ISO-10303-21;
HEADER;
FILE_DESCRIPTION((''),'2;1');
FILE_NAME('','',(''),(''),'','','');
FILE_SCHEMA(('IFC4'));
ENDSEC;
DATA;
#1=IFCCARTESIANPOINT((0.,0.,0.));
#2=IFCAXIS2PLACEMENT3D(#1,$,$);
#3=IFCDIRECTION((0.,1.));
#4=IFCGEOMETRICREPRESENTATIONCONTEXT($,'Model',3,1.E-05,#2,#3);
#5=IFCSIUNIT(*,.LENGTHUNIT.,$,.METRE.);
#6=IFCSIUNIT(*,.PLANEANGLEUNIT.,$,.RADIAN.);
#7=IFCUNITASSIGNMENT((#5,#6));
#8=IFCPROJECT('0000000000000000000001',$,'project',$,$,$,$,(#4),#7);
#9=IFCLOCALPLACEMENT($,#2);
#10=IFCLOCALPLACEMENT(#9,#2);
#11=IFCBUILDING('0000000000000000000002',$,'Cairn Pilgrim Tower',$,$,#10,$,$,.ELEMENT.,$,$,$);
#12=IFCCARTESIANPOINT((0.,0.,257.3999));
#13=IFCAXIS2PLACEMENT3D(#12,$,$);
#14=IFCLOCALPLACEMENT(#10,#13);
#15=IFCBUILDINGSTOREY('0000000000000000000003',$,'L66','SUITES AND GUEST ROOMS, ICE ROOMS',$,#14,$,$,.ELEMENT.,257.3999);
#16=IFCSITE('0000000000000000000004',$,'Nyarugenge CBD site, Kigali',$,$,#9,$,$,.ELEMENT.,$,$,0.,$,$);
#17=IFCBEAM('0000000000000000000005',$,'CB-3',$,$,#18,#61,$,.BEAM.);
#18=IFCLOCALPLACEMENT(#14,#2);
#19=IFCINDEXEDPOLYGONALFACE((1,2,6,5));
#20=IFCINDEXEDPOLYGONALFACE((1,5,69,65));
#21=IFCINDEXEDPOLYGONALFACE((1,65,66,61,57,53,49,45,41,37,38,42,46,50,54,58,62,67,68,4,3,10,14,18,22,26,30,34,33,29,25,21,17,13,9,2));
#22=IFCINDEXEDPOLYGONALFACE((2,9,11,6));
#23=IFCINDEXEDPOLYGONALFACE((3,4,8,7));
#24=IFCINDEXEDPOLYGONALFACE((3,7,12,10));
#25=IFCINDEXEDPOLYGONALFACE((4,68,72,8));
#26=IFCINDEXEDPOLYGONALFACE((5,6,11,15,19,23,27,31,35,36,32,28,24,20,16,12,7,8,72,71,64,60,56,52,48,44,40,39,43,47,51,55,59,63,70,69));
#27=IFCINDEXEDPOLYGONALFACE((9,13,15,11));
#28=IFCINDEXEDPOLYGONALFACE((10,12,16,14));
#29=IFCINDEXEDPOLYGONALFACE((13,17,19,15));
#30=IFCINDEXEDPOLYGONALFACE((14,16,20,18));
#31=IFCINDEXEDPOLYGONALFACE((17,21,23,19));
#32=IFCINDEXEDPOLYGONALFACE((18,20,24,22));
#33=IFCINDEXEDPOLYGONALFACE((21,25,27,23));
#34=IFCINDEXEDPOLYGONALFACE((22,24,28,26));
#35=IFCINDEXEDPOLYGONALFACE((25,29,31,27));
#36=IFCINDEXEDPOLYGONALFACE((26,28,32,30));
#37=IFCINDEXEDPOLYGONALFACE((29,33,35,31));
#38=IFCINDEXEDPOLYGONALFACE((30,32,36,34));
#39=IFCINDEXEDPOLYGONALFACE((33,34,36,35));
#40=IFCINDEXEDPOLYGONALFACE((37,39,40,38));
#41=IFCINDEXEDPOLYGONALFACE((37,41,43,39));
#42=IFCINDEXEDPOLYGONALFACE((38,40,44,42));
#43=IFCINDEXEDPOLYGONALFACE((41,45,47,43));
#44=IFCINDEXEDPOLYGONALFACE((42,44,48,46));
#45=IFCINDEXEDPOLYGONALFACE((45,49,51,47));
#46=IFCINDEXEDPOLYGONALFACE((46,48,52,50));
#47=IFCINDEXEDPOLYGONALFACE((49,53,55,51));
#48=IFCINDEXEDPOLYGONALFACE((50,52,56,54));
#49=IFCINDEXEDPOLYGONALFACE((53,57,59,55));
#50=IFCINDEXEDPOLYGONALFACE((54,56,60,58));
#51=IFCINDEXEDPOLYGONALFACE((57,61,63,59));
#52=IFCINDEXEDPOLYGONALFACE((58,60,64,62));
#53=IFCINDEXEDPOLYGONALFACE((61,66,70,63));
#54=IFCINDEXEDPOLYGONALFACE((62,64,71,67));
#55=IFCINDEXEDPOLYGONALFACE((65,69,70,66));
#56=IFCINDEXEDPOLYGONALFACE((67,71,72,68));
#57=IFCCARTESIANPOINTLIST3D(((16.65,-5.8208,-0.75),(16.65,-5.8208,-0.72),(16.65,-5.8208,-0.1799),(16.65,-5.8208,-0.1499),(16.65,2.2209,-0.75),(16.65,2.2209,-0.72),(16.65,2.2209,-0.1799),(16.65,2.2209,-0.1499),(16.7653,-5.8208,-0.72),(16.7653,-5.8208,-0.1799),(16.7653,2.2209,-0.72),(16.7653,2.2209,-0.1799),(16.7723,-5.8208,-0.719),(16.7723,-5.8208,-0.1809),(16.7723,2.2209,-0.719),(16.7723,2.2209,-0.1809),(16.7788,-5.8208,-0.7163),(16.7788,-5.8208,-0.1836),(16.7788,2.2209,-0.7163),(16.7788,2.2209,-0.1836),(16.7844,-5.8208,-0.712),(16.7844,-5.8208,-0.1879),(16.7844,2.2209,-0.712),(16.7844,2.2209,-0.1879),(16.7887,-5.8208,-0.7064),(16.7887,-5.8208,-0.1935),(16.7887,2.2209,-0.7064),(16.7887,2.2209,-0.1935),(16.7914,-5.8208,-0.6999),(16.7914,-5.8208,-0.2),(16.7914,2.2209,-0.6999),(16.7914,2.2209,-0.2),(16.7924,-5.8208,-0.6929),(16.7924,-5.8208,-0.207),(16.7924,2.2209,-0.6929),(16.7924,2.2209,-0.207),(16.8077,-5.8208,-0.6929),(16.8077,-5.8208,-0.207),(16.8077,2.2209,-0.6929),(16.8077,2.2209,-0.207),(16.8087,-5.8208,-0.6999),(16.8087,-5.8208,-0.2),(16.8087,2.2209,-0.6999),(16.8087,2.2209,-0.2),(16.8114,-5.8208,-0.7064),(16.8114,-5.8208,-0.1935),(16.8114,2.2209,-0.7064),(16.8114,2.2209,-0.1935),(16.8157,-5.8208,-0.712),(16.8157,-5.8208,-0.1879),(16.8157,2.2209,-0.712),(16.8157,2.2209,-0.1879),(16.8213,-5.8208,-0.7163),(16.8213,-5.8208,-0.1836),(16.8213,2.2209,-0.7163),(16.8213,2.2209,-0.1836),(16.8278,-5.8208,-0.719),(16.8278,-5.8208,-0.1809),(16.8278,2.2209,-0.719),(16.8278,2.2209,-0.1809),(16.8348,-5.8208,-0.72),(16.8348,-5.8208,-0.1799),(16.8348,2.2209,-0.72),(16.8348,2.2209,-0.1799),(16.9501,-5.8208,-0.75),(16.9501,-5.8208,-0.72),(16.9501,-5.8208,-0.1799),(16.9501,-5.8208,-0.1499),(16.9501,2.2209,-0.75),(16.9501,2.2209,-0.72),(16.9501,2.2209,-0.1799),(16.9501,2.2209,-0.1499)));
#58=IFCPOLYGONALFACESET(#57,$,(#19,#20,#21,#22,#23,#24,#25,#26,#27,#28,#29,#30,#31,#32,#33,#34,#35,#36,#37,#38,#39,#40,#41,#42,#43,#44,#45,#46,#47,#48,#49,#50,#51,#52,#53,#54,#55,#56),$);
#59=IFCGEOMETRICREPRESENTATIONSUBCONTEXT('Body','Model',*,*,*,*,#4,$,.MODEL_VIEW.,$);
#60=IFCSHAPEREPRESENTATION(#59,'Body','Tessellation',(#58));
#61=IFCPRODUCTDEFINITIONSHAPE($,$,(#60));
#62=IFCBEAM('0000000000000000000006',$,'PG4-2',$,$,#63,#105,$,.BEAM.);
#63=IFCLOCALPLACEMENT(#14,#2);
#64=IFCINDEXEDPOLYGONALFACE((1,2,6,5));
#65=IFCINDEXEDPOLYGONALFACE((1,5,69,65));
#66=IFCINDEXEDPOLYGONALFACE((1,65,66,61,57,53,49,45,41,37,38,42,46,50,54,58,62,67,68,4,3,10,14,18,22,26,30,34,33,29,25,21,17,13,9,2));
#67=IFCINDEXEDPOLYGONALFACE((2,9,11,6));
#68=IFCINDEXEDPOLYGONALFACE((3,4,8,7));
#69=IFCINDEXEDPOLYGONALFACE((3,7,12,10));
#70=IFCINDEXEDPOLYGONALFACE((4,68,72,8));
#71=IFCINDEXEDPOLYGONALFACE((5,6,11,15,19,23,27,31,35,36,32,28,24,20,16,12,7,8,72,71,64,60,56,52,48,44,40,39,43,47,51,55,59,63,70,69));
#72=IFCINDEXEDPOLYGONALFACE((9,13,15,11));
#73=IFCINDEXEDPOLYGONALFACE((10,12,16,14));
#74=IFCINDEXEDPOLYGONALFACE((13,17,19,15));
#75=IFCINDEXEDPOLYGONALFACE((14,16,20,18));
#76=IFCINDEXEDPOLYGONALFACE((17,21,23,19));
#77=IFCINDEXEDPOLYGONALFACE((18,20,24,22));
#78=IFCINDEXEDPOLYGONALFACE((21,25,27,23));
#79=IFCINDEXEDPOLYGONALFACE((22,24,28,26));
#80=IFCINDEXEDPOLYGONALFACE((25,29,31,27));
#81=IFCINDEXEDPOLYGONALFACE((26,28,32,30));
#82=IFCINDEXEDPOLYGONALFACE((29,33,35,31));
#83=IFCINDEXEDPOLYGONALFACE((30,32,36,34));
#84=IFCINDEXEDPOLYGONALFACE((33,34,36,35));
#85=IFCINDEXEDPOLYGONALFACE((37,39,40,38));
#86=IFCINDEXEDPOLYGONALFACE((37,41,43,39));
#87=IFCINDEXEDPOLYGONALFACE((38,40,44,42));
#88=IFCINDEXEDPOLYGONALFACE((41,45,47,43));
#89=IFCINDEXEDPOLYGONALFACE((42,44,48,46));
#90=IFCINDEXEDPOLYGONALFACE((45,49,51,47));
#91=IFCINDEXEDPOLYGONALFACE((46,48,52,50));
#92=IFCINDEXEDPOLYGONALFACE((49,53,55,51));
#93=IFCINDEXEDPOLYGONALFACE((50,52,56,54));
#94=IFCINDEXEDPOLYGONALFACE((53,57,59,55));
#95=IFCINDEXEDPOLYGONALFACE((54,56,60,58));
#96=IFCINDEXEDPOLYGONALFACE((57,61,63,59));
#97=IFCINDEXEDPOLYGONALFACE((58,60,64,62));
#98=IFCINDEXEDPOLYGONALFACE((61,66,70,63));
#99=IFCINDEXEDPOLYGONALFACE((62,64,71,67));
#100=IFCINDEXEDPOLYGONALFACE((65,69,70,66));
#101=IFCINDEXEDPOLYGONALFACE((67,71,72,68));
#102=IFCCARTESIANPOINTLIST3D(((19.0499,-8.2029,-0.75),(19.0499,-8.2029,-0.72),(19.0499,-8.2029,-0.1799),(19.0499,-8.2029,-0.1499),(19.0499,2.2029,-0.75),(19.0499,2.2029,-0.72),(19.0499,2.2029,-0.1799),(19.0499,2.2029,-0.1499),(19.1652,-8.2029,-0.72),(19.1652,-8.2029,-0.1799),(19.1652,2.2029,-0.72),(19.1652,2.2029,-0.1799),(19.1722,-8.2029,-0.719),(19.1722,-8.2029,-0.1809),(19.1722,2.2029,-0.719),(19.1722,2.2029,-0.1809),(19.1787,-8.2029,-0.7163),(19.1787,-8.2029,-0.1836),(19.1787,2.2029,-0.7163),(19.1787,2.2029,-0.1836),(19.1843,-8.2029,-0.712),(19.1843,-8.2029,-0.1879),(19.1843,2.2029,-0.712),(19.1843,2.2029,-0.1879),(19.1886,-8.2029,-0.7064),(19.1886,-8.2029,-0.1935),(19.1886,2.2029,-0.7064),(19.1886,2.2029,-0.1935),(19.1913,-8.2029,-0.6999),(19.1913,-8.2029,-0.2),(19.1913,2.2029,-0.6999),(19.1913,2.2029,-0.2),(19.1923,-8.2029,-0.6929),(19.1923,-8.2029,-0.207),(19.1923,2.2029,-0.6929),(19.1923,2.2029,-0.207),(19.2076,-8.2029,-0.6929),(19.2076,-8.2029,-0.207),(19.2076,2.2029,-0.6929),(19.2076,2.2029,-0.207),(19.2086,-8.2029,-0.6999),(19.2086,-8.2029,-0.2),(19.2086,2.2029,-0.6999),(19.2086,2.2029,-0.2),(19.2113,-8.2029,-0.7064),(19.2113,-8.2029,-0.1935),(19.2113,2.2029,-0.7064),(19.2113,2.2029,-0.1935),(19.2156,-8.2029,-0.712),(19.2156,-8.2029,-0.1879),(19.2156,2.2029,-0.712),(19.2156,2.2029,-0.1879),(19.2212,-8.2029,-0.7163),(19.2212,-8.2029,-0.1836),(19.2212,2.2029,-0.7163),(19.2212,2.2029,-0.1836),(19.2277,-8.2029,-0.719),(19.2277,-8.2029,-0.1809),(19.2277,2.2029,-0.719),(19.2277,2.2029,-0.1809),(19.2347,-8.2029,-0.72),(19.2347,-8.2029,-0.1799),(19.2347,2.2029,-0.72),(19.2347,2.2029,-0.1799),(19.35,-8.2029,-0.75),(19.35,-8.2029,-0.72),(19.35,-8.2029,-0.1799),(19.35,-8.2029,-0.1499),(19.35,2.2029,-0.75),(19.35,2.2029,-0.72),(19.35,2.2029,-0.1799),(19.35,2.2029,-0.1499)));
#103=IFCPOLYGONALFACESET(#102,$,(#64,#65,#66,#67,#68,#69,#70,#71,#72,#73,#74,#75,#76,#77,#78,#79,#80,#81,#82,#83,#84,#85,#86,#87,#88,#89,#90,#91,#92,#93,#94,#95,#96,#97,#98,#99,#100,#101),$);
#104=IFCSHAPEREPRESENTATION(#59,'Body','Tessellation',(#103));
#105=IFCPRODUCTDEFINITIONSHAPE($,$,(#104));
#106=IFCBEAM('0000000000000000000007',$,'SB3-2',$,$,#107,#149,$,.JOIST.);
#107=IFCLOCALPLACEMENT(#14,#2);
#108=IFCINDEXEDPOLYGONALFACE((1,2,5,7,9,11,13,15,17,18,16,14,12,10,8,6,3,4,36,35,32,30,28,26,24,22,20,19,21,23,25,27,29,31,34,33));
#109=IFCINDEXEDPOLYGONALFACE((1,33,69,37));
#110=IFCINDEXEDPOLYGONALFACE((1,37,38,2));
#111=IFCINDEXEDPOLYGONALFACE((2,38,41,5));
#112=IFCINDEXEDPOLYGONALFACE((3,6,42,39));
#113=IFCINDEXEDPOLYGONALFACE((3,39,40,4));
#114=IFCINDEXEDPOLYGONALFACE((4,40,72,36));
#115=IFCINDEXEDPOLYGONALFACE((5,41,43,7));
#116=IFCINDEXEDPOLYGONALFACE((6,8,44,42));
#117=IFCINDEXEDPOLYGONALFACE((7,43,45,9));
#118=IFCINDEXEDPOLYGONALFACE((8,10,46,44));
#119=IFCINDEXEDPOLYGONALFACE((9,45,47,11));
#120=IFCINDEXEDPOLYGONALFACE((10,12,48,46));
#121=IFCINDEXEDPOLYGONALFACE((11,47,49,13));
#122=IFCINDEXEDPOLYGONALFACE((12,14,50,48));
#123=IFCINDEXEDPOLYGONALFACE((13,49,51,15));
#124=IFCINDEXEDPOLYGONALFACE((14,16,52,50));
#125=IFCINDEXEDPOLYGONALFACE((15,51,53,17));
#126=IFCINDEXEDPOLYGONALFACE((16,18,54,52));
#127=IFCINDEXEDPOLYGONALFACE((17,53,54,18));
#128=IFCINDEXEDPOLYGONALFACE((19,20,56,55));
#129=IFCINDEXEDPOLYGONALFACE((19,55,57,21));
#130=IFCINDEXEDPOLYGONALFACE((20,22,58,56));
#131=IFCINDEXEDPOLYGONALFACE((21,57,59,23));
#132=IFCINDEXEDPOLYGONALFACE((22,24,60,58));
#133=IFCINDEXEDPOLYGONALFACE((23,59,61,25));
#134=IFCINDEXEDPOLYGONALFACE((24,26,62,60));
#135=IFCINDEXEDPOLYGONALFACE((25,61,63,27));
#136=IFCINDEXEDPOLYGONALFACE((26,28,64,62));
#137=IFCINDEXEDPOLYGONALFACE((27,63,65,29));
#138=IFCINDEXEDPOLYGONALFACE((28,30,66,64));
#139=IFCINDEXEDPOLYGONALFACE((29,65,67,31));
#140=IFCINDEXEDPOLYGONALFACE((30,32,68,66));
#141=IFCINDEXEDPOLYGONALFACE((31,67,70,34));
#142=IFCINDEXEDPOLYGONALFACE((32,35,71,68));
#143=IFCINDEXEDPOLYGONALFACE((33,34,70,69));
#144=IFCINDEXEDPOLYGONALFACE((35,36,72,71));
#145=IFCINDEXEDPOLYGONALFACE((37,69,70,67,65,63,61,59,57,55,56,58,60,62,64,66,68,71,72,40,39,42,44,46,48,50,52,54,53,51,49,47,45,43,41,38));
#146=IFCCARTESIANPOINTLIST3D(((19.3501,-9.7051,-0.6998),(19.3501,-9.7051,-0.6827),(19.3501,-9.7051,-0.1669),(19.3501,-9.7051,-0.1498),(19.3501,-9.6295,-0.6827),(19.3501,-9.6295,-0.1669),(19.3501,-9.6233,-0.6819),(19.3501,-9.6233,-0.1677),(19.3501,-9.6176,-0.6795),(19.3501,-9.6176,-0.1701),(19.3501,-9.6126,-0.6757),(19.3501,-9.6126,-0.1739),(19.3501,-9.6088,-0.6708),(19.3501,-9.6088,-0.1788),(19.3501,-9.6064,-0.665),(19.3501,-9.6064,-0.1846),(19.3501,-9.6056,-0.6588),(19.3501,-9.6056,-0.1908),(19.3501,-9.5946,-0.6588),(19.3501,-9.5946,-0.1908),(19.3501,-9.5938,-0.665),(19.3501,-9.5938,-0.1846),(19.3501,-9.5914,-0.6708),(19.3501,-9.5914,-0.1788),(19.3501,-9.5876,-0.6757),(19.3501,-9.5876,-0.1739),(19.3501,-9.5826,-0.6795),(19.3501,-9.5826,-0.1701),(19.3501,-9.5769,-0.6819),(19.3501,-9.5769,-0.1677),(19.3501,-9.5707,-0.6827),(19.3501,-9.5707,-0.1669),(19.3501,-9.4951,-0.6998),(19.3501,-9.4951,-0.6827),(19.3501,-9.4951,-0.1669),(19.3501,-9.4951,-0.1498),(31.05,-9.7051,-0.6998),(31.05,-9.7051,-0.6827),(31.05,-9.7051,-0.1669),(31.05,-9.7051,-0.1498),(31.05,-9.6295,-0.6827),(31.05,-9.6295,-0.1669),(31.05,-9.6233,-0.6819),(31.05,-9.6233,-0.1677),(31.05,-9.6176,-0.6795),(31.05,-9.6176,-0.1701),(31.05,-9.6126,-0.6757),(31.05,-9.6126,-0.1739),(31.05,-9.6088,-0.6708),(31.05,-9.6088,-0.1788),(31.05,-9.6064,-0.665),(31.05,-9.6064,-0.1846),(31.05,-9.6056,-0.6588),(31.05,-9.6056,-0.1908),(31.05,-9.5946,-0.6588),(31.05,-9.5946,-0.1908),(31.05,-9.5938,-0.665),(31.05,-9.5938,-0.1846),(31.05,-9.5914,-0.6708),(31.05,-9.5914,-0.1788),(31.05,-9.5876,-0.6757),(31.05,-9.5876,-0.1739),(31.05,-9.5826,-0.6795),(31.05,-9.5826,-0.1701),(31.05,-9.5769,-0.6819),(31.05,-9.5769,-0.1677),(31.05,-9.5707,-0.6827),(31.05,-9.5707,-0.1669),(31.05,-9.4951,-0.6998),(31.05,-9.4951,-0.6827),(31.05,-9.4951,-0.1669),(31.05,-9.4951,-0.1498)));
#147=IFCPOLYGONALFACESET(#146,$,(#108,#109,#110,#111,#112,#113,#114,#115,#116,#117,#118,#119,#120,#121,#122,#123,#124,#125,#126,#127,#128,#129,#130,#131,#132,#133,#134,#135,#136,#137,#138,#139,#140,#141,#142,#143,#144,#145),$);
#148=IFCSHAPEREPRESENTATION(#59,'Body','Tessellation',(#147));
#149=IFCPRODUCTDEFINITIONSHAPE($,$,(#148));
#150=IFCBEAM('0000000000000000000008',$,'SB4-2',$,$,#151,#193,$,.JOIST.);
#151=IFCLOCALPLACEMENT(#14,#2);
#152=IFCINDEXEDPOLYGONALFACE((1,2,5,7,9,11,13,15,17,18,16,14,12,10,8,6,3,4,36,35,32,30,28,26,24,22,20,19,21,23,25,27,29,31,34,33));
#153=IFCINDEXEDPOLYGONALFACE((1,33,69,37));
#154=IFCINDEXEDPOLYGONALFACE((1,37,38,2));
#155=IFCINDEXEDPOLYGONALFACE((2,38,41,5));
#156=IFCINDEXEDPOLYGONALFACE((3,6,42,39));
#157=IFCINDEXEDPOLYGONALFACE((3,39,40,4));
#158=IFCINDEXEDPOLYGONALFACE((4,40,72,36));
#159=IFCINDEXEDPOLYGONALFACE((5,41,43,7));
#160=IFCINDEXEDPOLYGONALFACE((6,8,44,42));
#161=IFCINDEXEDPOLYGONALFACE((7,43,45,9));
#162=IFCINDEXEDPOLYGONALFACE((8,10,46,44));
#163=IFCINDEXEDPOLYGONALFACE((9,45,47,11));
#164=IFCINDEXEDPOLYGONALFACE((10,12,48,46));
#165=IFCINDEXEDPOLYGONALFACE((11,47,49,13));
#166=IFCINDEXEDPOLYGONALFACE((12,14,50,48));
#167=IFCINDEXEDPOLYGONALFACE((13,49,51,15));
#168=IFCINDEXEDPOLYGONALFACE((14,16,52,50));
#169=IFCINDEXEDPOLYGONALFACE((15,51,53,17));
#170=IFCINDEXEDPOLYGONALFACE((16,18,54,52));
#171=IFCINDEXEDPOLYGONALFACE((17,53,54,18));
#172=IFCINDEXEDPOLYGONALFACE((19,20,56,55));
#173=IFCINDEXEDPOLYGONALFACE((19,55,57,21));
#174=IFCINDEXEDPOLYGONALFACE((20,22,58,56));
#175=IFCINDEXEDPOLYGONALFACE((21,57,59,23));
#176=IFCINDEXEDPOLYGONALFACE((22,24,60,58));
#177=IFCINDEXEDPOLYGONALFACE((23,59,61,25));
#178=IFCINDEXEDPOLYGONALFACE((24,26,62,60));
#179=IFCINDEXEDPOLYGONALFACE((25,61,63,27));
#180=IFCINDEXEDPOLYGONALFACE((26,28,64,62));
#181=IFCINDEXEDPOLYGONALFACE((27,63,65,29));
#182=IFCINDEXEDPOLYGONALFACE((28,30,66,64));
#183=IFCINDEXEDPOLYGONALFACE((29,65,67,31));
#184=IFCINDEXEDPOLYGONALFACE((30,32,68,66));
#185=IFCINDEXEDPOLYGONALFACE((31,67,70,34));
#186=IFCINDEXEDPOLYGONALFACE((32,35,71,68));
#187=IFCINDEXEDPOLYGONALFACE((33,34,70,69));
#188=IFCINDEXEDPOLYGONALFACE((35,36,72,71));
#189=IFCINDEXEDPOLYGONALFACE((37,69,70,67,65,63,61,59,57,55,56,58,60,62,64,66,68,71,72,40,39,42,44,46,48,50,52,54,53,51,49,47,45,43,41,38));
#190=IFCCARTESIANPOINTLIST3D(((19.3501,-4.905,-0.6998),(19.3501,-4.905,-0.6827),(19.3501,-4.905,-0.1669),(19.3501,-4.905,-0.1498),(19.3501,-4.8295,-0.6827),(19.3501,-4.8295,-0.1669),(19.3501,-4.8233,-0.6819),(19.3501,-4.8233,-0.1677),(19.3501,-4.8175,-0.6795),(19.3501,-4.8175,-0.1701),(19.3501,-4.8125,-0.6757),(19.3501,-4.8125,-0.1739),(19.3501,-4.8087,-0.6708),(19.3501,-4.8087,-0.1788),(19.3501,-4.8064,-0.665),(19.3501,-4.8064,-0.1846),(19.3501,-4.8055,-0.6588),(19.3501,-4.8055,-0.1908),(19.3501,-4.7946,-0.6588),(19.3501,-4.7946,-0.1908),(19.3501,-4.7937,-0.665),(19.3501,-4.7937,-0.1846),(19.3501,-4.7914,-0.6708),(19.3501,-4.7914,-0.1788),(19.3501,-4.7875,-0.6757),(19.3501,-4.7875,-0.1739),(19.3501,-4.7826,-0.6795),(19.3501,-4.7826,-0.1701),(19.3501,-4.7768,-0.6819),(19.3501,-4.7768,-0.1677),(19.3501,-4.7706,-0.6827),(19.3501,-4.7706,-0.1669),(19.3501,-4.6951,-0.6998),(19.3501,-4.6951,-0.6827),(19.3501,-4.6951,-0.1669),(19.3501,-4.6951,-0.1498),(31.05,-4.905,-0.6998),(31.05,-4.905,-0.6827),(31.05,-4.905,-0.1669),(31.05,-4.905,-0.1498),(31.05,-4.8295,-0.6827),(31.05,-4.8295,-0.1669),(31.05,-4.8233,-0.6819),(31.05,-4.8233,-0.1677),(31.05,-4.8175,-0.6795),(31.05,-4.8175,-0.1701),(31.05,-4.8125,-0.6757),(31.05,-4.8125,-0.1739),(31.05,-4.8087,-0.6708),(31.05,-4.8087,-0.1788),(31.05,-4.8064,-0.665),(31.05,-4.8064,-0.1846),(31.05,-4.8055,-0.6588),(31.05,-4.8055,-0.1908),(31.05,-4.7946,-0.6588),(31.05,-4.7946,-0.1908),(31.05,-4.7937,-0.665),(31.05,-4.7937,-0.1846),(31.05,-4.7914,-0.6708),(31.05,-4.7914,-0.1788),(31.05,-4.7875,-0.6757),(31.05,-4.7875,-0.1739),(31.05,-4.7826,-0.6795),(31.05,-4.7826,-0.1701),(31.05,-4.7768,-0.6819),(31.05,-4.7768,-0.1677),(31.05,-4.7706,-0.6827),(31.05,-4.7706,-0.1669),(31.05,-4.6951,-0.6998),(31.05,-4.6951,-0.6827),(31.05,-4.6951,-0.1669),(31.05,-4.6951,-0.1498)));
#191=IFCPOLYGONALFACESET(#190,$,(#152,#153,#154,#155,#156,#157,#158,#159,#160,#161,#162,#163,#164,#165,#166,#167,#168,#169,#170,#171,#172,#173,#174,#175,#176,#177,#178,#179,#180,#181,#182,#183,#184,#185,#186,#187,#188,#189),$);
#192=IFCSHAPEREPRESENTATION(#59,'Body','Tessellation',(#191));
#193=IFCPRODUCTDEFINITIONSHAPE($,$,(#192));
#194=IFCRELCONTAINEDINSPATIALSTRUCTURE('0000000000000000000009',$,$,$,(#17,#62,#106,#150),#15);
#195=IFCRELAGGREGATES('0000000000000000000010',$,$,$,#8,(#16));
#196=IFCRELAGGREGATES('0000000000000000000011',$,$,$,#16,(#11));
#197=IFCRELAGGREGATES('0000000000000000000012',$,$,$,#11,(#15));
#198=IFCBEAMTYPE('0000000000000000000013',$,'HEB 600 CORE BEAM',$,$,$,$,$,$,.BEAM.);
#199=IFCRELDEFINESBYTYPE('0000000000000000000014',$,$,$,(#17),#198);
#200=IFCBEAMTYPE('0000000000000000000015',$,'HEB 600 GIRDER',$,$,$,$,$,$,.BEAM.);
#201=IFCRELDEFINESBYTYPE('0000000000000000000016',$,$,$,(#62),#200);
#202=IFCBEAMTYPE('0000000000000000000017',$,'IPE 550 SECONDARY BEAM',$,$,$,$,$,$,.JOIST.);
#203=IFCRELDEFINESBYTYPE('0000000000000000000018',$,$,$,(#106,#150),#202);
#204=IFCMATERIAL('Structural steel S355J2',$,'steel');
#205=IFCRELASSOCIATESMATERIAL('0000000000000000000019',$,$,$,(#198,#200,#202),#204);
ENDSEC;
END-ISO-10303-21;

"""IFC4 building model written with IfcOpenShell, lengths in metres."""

from ifc_helpers import new_model, si_unit, direction, frame, origin, origin_2d, place, context, subcontext, project, spatial, i_section, extrude, material, material_profile, profile_set, type_object, element, save


model = new_model("IFC4")

# Units and contexts
model_context = context("Model", 3, precision=1e-05, world=origin(), true_north=direction((0.0, 1.0)))
body_context = subcontext(model_context, "Body", "Model", "MODEL_VIEW")
ifc_project = project(units=[si_unit("LENGTHUNIT", "METRE"), si_unit("PLANEANGLEUNIT", "RADIAN")], contexts=[model_context])

# Site, building, storey
site_placement = place(None, origin())
site = spatial("IfcSite", under=ifc_project, at=site_placement, Name="Nyarugenge CBD site, Kigali", CompositionType="ELEMENT", RefElevation=0.0)
building_placement = place(site_placement, origin())
building = spatial("IfcBuilding", under=site, at=building_placement, Name="Cairn Pilgrim Tower", CompositionType="ELEMENT")
storey_placement = place(building_placement, frame((0.0, 0.0, 257.3999)))
storey = spatial("IfcBuildingStorey", under=building, at=storey_placement, Name="L66", Description="SUITES AND GUEST ROOMS, ICE ROOMS", CompositionType="ELEMENT", Elevation=257.3999)

# Shared definitions
ifc_material_1 = material(Name="Structural steel S355J2", Category="steel")

# Beams
ifc_material_profile_1 = material_profile(ifc_material_1, i_section(OverallWidth=0.3, OverallDepth=0.6001, WebThickness=0.0154, FlangeThickness=0.03, FilletRadius=0.0271, at=origin_2d()), Name="HEB 600")
ifc_profile_set_1 = profile_set([ifc_material_profile_1], Name="Structural steel S355J2")
beam_type_1 = type_object("IfcBeamType", Name="HEB 600 CORE BEAM", PredefinedType="BEAM", material=ifc_profile_set_1)
beam_1_placement = place(storey_placement, frame((16.8, -5.8208, -0.45), z_axis=(0.0, 1.0, 0.0), x_axis=(-1.0, 0.0, 0.0)))
element("IfcBeam", 1, at=beam_1_placement, inside=storey, type_object=beam_type_1, Name="CB-3", PredefinedType="BEAM", context=body_context, shape_type="SweptSolid", body=[
    extrude(i_section(OverallWidth=0.3, OverallDepth=0.6001, WebThickness=0.0154, FlangeThickness=0.03, FilletRadius=0.0271, at=origin_2d()), origin(), (0.0, 0.0, 1.0), 8.0417),
])
ifc_material_profile_2 = material_profile(ifc_material_1, i_section(OverallWidth=0.3, OverallDepth=0.6001, WebThickness=0.0154, FlangeThickness=0.03, FilletRadius=0.0271, at=origin_2d()), Name="HEB 600")
ifc_profile_set_2 = profile_set([ifc_material_profile_2], Name="Structural steel S355J2")
beam_type_2 = type_object("IfcBeamType", Name="HEB 600 GIRDER", PredefinedType="BEAM", material=ifc_profile_set_2)
beam_2_placement = place(storey_placement, frame((19.2, -8.2029, -0.45), z_axis=(0.0, 1.0, 0.0), x_axis=(-1.0, 0.0, 0.0)))
element("IfcBeam", 2, at=beam_2_placement, inside=storey, type_object=beam_type_2, Name="PG4-2", PredefinedType="BEAM", context=body_context, shape_type="SweptSolid", body=[
    extrude(i_section(OverallWidth=0.3, OverallDepth=0.6001, WebThickness=0.0154, FlangeThickness=0.03, FilletRadius=0.0271, at=origin_2d()), origin(), (0.0, 0.0, 1.0), 10.4058),
])
ifc_material_profile_3 = material_profile(ifc_material_1, i_section(OverallWidth=0.21, OverallDepth=0.55, WebThickness=0.011, FlangeThickness=0.0171, FilletRadius=0.0239, at=origin_2d()), Name="IPE 550")
ifc_profile_set_3 = profile_set([ifc_material_profile_3], Name="Structural steel S355J2")
beam_type_3 = type_object("IfcBeamType", Name="IPE 550 SECONDARY BEAM", PredefinedType="JOIST", material=ifc_profile_set_3)
for number, where, z_axis, x_axis, name in (
    (3, (19.3501, -9.6001, -0.4248), (1.0, 0.0, 0.0), (0.0, 1.0, 0.0), "SB3-2"),
    (4, (19.3501, -4.8, -0.4248), (1.0, 0.0, 0.0), (0.0, 1.0, 0.0), "SB4-2"),
):
    element("IfcBeam", number, at=place(storey_placement, frame(where, z_axis=z_axis, x_axis=x_axis)), inside=storey, type_object=beam_type_3, Name=name, PredefinedType="JOIST", context=body_context, shape_type="SweptSolid", body=[
        extrude(i_section(OverallWidth=0.21, OverallDepth=0.55, WebThickness=0.011, FlangeThickness=0.0171, FilletRadius=0.0239, at=origin_2d()), origin(), (0.0, 0.0, 1.0), 11.7),
    ])

save(model, "model.ifc")
